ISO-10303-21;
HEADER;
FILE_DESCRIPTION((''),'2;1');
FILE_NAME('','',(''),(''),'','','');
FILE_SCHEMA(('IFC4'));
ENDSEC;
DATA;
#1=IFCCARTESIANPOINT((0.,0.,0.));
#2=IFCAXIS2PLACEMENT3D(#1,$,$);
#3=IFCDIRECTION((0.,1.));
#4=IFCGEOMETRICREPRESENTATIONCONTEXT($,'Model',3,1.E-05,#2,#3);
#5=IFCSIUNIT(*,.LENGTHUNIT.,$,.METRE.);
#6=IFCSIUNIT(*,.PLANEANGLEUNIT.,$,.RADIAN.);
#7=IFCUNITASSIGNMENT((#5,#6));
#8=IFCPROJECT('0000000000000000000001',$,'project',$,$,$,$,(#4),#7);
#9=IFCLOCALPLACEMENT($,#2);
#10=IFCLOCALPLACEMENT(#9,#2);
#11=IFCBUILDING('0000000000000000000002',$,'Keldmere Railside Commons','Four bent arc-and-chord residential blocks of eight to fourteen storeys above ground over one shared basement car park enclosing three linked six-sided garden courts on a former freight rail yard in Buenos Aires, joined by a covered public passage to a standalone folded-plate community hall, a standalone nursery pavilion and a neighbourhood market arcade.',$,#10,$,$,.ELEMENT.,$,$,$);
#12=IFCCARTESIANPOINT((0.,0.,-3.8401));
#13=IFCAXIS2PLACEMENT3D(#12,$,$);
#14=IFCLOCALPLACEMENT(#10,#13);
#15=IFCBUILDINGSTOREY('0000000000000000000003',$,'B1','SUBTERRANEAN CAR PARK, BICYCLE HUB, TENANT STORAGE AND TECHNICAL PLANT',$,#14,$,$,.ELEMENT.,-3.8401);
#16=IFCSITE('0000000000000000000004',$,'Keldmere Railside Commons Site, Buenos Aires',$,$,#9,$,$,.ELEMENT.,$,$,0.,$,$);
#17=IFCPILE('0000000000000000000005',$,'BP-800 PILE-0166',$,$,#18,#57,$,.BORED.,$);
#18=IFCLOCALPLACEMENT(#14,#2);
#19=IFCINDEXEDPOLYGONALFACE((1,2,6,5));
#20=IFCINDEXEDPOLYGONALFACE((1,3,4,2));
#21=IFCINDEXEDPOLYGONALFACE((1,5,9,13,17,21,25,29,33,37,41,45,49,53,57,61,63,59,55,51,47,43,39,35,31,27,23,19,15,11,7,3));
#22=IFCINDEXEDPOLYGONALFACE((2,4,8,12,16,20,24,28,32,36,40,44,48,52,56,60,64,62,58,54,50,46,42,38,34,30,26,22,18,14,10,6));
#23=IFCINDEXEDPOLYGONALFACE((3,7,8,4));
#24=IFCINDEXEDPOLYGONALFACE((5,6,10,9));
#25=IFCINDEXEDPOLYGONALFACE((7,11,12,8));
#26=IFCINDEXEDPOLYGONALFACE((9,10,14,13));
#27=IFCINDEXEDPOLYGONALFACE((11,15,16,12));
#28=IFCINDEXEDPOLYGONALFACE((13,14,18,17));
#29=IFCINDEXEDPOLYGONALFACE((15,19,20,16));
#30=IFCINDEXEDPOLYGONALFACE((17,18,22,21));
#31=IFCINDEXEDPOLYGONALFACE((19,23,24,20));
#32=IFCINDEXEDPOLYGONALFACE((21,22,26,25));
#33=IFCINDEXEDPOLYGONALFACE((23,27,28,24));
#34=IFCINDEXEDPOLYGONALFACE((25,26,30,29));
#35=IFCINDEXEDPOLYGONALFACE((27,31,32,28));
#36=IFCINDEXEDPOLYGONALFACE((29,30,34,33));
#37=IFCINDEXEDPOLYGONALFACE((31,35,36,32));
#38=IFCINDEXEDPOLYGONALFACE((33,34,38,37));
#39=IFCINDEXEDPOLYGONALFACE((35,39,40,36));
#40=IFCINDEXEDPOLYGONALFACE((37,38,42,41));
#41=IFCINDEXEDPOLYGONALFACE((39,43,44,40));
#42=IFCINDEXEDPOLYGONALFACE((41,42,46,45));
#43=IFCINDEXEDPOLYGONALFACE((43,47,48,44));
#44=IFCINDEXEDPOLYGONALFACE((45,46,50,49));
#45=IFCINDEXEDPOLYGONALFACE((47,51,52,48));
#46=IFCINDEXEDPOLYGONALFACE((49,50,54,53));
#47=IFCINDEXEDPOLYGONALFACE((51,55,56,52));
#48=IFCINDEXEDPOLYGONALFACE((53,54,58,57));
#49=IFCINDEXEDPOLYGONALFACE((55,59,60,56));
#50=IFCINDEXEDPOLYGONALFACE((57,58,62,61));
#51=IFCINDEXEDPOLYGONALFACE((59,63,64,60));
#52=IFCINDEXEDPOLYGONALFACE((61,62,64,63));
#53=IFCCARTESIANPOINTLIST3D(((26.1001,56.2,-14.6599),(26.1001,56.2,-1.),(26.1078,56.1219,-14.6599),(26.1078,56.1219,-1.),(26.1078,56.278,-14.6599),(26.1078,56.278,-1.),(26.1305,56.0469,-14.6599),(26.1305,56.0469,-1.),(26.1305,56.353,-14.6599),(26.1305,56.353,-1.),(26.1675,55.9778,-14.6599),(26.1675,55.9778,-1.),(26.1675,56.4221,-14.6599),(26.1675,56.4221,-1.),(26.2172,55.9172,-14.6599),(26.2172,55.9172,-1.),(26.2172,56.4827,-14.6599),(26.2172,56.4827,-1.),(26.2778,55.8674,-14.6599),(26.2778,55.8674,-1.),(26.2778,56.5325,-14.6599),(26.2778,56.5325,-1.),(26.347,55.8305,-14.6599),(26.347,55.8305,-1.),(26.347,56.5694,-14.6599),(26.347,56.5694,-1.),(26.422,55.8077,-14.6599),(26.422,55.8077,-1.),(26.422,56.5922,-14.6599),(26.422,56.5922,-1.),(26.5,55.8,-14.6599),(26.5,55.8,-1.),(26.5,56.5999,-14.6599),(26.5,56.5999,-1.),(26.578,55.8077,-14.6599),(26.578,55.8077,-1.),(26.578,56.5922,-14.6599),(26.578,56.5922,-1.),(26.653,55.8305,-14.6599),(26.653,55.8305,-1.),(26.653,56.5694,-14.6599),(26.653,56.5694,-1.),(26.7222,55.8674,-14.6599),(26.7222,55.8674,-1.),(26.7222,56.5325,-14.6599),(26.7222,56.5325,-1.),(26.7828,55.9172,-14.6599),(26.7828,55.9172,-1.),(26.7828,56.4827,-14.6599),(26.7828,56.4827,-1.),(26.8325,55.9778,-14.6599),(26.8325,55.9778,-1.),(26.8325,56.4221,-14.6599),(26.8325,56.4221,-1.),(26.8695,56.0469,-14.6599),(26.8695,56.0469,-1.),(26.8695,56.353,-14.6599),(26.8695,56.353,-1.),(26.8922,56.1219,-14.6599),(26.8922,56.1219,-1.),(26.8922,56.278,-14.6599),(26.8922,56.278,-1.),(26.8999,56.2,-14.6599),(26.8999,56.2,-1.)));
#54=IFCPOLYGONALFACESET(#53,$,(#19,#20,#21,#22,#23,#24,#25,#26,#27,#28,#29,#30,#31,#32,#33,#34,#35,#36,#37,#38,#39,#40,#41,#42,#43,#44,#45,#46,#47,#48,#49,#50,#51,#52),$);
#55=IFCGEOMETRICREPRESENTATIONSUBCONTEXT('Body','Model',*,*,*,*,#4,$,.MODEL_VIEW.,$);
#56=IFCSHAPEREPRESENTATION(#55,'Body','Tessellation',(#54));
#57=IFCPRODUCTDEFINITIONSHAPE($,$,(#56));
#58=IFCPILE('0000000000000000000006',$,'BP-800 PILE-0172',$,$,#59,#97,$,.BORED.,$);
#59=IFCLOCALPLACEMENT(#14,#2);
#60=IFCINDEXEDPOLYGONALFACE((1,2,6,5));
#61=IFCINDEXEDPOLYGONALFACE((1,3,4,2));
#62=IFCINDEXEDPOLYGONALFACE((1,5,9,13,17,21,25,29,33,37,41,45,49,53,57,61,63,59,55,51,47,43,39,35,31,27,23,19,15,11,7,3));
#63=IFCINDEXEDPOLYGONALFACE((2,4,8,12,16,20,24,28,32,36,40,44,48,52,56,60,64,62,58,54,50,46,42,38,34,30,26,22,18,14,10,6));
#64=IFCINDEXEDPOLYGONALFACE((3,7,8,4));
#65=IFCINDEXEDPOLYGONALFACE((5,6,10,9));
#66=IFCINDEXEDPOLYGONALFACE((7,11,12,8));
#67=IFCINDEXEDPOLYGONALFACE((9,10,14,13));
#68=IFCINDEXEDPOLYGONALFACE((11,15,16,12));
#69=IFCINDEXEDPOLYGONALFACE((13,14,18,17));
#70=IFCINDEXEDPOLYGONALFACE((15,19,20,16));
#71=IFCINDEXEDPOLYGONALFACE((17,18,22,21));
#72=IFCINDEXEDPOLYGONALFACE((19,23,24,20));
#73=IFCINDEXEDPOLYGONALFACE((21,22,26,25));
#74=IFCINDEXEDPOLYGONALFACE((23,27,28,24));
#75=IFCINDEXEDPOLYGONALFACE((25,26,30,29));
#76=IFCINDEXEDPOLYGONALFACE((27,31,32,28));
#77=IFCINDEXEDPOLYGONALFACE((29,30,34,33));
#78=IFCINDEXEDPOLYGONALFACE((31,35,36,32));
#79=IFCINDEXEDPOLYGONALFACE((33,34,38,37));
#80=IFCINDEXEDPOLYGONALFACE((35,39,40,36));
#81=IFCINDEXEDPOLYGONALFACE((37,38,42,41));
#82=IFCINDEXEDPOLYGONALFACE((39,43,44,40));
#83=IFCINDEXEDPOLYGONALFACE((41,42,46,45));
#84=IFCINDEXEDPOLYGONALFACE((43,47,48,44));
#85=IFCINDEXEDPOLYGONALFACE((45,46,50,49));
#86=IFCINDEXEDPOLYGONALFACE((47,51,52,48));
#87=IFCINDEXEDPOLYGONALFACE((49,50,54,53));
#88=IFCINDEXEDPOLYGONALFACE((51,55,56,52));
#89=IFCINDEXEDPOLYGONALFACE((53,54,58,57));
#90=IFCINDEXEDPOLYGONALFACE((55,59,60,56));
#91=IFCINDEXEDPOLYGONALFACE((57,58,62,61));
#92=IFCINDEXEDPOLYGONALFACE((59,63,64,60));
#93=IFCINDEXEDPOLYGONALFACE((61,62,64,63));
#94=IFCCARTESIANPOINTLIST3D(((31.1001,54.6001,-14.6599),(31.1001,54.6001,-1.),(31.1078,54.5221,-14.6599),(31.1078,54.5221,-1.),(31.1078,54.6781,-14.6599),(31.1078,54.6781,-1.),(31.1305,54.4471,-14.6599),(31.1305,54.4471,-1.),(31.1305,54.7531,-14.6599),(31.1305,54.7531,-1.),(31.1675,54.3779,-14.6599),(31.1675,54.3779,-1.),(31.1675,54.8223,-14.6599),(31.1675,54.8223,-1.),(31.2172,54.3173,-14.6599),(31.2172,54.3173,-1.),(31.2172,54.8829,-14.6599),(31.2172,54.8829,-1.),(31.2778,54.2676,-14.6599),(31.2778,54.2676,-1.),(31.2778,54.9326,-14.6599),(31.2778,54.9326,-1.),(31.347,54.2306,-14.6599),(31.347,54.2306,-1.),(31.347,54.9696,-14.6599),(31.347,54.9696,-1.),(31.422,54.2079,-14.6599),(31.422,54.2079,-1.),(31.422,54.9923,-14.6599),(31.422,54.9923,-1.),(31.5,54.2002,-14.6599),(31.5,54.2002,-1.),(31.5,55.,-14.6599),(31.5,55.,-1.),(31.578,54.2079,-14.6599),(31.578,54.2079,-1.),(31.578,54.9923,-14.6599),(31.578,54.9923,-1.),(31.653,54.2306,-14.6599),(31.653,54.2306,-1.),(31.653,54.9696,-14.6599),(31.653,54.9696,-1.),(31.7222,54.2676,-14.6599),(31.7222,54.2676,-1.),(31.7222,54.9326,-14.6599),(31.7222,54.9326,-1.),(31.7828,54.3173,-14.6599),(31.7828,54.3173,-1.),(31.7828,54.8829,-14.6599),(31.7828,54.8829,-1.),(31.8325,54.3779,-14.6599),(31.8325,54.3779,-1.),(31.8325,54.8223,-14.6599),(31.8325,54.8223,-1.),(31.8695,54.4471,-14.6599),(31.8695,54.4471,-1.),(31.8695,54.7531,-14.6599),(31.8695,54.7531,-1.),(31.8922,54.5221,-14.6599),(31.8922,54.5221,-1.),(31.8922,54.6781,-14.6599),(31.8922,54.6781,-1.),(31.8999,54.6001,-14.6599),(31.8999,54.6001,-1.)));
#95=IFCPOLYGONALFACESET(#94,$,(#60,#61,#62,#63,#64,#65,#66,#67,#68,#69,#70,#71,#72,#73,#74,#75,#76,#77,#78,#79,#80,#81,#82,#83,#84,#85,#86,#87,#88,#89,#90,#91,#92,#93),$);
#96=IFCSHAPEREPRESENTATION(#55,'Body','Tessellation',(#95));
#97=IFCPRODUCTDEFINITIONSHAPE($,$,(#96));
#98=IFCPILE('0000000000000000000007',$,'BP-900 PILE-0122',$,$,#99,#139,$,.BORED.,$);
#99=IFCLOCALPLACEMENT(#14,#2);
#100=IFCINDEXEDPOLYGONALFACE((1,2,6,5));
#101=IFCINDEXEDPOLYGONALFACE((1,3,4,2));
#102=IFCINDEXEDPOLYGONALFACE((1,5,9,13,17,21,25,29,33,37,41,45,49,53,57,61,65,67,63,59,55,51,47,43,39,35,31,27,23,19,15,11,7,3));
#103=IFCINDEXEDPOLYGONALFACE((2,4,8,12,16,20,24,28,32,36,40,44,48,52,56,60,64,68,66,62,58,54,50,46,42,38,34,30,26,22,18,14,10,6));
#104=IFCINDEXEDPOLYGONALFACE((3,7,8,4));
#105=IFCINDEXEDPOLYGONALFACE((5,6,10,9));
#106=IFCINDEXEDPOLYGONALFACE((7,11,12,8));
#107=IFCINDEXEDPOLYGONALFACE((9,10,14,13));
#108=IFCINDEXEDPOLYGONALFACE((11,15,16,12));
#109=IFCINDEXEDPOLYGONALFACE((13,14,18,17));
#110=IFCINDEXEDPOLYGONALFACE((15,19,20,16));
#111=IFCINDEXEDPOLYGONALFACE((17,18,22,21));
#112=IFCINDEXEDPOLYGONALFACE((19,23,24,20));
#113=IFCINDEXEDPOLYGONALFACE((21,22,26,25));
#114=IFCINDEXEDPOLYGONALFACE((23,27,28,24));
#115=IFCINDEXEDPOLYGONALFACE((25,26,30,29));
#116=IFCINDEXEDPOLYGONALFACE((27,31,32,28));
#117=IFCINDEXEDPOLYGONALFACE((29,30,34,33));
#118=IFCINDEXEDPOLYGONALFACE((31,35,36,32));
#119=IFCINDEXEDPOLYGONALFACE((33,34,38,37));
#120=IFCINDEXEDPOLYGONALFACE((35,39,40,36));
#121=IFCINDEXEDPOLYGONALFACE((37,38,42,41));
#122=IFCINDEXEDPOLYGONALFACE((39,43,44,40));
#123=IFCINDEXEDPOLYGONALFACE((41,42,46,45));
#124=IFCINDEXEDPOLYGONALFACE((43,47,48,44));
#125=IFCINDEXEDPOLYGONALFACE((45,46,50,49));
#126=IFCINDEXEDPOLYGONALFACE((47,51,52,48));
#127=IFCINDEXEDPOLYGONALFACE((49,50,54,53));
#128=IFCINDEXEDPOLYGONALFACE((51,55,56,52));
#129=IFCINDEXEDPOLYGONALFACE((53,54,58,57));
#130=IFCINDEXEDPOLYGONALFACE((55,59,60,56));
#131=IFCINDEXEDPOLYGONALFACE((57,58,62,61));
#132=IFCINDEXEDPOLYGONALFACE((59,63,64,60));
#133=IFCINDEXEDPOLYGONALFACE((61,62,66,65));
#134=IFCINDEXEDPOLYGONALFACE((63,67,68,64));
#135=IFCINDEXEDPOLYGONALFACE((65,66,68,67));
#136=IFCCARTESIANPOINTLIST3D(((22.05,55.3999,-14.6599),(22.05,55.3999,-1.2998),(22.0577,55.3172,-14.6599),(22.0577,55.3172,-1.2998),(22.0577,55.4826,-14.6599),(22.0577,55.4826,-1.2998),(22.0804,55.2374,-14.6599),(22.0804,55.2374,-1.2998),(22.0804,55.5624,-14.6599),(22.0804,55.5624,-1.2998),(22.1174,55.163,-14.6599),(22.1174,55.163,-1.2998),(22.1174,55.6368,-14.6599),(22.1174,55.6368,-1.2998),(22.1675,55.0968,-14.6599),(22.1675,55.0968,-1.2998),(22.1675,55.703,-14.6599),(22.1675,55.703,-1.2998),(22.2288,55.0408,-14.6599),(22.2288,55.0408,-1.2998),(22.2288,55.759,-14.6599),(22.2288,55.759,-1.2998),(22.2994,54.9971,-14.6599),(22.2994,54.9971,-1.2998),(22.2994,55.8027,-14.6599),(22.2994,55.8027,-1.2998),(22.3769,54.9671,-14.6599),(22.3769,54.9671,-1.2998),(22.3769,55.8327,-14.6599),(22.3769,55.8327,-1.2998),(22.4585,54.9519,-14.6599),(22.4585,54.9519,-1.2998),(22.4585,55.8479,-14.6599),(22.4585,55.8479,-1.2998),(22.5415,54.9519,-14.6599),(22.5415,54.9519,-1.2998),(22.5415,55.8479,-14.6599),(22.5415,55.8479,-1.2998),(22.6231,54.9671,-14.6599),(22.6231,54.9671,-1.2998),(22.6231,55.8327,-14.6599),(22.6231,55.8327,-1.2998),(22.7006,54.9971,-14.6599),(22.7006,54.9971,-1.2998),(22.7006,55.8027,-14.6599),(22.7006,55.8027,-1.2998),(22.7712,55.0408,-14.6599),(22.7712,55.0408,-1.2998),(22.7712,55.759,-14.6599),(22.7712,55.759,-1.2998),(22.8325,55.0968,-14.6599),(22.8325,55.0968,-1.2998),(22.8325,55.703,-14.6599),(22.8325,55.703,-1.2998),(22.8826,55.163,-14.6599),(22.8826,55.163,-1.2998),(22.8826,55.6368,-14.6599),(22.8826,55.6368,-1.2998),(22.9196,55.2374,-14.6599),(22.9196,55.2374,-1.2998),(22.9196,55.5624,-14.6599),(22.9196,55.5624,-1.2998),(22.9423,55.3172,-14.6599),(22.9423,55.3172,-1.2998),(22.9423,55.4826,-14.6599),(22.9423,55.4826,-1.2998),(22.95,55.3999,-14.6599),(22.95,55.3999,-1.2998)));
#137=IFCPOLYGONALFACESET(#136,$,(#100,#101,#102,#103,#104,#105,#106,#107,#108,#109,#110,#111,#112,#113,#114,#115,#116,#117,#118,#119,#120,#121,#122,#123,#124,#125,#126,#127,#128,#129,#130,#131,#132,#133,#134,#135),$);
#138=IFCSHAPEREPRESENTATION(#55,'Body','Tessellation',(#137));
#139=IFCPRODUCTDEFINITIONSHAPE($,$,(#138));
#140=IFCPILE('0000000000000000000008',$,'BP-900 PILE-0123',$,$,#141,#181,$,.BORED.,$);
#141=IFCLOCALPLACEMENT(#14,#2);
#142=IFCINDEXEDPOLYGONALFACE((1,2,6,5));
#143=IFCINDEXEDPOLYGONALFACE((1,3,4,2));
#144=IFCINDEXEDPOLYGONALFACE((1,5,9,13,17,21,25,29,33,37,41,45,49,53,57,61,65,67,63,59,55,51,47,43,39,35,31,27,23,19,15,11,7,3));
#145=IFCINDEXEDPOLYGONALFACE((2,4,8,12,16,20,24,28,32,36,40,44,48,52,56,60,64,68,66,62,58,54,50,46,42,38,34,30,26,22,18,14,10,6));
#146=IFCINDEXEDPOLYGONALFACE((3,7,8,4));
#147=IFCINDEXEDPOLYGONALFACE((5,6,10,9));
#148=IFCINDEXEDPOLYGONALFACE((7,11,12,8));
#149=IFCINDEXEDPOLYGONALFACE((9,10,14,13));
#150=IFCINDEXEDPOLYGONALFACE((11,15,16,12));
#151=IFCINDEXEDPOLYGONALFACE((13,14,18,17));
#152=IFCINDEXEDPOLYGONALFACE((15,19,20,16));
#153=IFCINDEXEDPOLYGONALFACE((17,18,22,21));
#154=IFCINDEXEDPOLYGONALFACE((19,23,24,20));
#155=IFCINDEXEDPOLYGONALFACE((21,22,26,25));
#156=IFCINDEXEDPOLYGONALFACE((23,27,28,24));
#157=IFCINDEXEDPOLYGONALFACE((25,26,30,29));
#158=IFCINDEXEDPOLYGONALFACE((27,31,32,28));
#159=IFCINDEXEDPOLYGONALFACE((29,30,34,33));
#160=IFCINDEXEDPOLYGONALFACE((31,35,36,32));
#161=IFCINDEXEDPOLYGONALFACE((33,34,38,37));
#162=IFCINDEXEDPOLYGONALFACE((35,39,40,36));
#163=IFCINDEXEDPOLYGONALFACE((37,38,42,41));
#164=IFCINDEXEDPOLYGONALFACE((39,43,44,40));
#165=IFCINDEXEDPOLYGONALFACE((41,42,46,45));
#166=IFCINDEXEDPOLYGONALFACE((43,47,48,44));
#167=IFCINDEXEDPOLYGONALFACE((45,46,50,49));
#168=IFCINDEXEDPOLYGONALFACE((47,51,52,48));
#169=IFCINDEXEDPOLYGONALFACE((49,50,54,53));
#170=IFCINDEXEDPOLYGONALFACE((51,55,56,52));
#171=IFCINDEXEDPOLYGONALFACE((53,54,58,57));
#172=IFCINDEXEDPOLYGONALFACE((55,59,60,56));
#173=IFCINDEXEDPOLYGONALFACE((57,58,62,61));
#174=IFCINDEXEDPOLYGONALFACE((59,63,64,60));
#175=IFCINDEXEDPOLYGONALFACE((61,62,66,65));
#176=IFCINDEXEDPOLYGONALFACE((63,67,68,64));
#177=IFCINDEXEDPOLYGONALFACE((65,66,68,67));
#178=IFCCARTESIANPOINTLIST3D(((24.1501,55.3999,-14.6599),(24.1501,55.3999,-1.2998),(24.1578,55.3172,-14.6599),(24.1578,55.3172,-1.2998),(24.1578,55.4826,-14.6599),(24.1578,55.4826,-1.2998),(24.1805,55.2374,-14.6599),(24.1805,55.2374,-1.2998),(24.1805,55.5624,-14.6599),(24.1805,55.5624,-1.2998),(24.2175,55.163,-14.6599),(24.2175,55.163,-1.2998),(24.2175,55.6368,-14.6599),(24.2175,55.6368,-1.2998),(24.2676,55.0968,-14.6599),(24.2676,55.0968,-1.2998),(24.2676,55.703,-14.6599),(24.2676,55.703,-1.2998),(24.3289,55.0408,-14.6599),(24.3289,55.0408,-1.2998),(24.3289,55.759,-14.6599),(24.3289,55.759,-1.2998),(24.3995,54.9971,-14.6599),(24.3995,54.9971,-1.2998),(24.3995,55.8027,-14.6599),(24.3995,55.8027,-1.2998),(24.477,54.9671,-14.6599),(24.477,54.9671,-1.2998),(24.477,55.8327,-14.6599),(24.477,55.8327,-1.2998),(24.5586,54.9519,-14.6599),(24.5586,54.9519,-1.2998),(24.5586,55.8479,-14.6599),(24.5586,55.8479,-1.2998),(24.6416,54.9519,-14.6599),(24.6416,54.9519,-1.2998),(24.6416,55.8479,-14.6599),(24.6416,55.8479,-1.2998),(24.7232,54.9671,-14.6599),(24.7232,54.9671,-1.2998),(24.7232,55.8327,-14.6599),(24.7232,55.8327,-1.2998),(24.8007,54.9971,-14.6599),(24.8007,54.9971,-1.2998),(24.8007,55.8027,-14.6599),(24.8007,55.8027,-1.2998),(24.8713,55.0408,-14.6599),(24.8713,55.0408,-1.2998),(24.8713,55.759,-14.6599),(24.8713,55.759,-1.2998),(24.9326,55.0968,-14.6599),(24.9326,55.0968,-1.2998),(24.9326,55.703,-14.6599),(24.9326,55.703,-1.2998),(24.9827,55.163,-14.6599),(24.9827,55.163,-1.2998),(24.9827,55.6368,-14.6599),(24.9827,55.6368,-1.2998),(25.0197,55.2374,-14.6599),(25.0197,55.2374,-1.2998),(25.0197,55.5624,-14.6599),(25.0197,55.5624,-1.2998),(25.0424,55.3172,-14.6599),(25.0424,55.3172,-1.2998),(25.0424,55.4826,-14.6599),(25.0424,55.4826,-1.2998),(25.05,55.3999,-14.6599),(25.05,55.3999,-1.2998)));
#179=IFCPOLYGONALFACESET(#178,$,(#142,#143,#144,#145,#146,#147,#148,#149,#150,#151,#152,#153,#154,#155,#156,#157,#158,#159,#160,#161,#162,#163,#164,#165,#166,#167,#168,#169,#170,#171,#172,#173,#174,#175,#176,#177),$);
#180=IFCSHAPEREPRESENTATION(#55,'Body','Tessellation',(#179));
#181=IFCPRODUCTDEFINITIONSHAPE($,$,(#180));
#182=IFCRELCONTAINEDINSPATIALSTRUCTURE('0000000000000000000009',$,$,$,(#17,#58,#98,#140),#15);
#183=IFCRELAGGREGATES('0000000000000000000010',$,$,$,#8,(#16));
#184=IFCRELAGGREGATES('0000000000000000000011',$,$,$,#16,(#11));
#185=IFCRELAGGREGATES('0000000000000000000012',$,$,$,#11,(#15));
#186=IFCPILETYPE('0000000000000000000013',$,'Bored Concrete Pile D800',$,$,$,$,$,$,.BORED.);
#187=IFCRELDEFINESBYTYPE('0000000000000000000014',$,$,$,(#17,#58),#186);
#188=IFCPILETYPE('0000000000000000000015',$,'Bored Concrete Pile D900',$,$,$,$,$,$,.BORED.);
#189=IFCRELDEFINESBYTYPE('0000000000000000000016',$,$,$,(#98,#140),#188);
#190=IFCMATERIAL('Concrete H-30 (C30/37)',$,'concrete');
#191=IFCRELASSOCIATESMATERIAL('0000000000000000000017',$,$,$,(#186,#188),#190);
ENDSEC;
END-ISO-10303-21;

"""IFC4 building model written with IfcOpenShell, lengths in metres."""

from ifc_helpers import new_model, si_unit, direction, frame, origin, origin_2d, place, context, subcontext, project, spatial, circle, extrude, material, material_profile, profile_set, type_object, element, save


model = new_model("IFC4")

# Units and contexts
model_context = context("Model", 3, precision=1e-05, world=origin(), true_north=direction((0.0, 1.0)))
body_context = subcontext(model_context, "Body", "Model", "MODEL_VIEW")
ifc_project = project(units=[si_unit("LENGTHUNIT", "METRE"), si_unit("PLANEANGLEUNIT", "RADIAN")], contexts=[model_context])

# Site, building, storey
site_placement = place(None, origin())
site = spatial("IfcSite", under=ifc_project, at=site_placement, Name="Keldmere Railside Commons Site, Buenos Aires", CompositionType="ELEMENT", RefElevation=0.0)
building_placement = place(site_placement, origin())
building = spatial("IfcBuilding", under=site, at=building_placement, Name="Keldmere Railside Commons", Description="Four bent arc-and-chord residential blocks of eight to fourteen storeys above ground over one shared basement car park enclosing three linked six-sided garden courts on a former freight rail yard in Buenos Aires, joined by a covered public passage to a standalone folded-plate community hall, a standalone nursery pavilion and a neighbourhood market arcade.", CompositionType="ELEMENT")
storey_placement = place(building_placement, frame((0.0, 0.0, -3.8401)))
storey = spatial("IfcBuildingStorey", under=building, at=storey_placement, Name="B1", Description="SUBTERRANEAN CAR PARK, BICYCLE HUB, TENANT STORAGE AND TECHNICAL PLANT", CompositionType="ELEMENT", Elevation=-3.8401)

# Piles
ifc_material_1 = material(Name="Concrete H-30 (C30/37)", Category="concrete")
ifc_material_profile_1 = material_profile(ifc_material_1, circle(Radius=0.3999, at=origin_2d()), Name="PILE-D800")
ifc_profile_set_1 = profile_set([ifc_material_profile_1], Name="Concrete H-30 (C30/37)")
pile_type_1 = type_object("IfcPileType", Name="Bored Concrete Pile D800", PredefinedType="BORED", material=ifc_profile_set_1)
for number, where, z_axis, x_axis, name in (
    (1, (26.5, 56.2, -1.0), (0.0, 0.0, -1.0), (1.0, 0.0, 0.0), "BP-800 PILE-0166"),
    (2, (31.5, 54.6001, -1.0), (0.0, 0.0, -1.0), (1.0, 0.0, 0.0), "BP-800 PILE-0172"),
):
    element("IfcPile", number, at=place(storey_placement, frame(where, z_axis=z_axis, x_axis=x_axis)), inside=storey, type_object=pile_type_1, Name=name, PredefinedType="BORED", context=body_context, shape_type="SweptSolid", body=[
        extrude(circle(Radius=0.3999, at=origin_2d()), origin(), (0.0, 0.0, 1.0), 13.6599),
    ])
ifc_material_profile_2 = material_profile(ifc_material_1, circle(Radius=0.45, at=origin_2d()), Name="PILE-D900")
ifc_profile_set_2 = profile_set([ifc_material_profile_2], Name="Concrete H-30 (C30/37)")
pile_type_2 = type_object("IfcPileType", Name="Bored Concrete Pile D900", PredefinedType="BORED", material=ifc_profile_set_2)
for number, where, z_axis, x_axis, name in (
    (3, (22.5, 55.3999, -1.2998), (0.0, 0.0, -1.0), (1.0, 0.0, 0.0), "BP-900 PILE-0122"),
    (4, (24.6001, 55.3999, -1.2998), (0.0, 0.0, -1.0), (1.0, 0.0, 0.0), "BP-900 PILE-0123"),
):
    element("IfcPile", number, at=place(storey_placement, frame(where, z_axis=z_axis, x_axis=x_axis)), inside=storey, type_object=pile_type_2, Name=name, PredefinedType="BORED", context=body_context, shape_type="SweptSolid", body=[
        extrude(circle(Radius=0.45, at=origin_2d()), origin(), (0.0, 0.0, 1.0), 13.3601),
    ])

save(model, "model.ifc")
